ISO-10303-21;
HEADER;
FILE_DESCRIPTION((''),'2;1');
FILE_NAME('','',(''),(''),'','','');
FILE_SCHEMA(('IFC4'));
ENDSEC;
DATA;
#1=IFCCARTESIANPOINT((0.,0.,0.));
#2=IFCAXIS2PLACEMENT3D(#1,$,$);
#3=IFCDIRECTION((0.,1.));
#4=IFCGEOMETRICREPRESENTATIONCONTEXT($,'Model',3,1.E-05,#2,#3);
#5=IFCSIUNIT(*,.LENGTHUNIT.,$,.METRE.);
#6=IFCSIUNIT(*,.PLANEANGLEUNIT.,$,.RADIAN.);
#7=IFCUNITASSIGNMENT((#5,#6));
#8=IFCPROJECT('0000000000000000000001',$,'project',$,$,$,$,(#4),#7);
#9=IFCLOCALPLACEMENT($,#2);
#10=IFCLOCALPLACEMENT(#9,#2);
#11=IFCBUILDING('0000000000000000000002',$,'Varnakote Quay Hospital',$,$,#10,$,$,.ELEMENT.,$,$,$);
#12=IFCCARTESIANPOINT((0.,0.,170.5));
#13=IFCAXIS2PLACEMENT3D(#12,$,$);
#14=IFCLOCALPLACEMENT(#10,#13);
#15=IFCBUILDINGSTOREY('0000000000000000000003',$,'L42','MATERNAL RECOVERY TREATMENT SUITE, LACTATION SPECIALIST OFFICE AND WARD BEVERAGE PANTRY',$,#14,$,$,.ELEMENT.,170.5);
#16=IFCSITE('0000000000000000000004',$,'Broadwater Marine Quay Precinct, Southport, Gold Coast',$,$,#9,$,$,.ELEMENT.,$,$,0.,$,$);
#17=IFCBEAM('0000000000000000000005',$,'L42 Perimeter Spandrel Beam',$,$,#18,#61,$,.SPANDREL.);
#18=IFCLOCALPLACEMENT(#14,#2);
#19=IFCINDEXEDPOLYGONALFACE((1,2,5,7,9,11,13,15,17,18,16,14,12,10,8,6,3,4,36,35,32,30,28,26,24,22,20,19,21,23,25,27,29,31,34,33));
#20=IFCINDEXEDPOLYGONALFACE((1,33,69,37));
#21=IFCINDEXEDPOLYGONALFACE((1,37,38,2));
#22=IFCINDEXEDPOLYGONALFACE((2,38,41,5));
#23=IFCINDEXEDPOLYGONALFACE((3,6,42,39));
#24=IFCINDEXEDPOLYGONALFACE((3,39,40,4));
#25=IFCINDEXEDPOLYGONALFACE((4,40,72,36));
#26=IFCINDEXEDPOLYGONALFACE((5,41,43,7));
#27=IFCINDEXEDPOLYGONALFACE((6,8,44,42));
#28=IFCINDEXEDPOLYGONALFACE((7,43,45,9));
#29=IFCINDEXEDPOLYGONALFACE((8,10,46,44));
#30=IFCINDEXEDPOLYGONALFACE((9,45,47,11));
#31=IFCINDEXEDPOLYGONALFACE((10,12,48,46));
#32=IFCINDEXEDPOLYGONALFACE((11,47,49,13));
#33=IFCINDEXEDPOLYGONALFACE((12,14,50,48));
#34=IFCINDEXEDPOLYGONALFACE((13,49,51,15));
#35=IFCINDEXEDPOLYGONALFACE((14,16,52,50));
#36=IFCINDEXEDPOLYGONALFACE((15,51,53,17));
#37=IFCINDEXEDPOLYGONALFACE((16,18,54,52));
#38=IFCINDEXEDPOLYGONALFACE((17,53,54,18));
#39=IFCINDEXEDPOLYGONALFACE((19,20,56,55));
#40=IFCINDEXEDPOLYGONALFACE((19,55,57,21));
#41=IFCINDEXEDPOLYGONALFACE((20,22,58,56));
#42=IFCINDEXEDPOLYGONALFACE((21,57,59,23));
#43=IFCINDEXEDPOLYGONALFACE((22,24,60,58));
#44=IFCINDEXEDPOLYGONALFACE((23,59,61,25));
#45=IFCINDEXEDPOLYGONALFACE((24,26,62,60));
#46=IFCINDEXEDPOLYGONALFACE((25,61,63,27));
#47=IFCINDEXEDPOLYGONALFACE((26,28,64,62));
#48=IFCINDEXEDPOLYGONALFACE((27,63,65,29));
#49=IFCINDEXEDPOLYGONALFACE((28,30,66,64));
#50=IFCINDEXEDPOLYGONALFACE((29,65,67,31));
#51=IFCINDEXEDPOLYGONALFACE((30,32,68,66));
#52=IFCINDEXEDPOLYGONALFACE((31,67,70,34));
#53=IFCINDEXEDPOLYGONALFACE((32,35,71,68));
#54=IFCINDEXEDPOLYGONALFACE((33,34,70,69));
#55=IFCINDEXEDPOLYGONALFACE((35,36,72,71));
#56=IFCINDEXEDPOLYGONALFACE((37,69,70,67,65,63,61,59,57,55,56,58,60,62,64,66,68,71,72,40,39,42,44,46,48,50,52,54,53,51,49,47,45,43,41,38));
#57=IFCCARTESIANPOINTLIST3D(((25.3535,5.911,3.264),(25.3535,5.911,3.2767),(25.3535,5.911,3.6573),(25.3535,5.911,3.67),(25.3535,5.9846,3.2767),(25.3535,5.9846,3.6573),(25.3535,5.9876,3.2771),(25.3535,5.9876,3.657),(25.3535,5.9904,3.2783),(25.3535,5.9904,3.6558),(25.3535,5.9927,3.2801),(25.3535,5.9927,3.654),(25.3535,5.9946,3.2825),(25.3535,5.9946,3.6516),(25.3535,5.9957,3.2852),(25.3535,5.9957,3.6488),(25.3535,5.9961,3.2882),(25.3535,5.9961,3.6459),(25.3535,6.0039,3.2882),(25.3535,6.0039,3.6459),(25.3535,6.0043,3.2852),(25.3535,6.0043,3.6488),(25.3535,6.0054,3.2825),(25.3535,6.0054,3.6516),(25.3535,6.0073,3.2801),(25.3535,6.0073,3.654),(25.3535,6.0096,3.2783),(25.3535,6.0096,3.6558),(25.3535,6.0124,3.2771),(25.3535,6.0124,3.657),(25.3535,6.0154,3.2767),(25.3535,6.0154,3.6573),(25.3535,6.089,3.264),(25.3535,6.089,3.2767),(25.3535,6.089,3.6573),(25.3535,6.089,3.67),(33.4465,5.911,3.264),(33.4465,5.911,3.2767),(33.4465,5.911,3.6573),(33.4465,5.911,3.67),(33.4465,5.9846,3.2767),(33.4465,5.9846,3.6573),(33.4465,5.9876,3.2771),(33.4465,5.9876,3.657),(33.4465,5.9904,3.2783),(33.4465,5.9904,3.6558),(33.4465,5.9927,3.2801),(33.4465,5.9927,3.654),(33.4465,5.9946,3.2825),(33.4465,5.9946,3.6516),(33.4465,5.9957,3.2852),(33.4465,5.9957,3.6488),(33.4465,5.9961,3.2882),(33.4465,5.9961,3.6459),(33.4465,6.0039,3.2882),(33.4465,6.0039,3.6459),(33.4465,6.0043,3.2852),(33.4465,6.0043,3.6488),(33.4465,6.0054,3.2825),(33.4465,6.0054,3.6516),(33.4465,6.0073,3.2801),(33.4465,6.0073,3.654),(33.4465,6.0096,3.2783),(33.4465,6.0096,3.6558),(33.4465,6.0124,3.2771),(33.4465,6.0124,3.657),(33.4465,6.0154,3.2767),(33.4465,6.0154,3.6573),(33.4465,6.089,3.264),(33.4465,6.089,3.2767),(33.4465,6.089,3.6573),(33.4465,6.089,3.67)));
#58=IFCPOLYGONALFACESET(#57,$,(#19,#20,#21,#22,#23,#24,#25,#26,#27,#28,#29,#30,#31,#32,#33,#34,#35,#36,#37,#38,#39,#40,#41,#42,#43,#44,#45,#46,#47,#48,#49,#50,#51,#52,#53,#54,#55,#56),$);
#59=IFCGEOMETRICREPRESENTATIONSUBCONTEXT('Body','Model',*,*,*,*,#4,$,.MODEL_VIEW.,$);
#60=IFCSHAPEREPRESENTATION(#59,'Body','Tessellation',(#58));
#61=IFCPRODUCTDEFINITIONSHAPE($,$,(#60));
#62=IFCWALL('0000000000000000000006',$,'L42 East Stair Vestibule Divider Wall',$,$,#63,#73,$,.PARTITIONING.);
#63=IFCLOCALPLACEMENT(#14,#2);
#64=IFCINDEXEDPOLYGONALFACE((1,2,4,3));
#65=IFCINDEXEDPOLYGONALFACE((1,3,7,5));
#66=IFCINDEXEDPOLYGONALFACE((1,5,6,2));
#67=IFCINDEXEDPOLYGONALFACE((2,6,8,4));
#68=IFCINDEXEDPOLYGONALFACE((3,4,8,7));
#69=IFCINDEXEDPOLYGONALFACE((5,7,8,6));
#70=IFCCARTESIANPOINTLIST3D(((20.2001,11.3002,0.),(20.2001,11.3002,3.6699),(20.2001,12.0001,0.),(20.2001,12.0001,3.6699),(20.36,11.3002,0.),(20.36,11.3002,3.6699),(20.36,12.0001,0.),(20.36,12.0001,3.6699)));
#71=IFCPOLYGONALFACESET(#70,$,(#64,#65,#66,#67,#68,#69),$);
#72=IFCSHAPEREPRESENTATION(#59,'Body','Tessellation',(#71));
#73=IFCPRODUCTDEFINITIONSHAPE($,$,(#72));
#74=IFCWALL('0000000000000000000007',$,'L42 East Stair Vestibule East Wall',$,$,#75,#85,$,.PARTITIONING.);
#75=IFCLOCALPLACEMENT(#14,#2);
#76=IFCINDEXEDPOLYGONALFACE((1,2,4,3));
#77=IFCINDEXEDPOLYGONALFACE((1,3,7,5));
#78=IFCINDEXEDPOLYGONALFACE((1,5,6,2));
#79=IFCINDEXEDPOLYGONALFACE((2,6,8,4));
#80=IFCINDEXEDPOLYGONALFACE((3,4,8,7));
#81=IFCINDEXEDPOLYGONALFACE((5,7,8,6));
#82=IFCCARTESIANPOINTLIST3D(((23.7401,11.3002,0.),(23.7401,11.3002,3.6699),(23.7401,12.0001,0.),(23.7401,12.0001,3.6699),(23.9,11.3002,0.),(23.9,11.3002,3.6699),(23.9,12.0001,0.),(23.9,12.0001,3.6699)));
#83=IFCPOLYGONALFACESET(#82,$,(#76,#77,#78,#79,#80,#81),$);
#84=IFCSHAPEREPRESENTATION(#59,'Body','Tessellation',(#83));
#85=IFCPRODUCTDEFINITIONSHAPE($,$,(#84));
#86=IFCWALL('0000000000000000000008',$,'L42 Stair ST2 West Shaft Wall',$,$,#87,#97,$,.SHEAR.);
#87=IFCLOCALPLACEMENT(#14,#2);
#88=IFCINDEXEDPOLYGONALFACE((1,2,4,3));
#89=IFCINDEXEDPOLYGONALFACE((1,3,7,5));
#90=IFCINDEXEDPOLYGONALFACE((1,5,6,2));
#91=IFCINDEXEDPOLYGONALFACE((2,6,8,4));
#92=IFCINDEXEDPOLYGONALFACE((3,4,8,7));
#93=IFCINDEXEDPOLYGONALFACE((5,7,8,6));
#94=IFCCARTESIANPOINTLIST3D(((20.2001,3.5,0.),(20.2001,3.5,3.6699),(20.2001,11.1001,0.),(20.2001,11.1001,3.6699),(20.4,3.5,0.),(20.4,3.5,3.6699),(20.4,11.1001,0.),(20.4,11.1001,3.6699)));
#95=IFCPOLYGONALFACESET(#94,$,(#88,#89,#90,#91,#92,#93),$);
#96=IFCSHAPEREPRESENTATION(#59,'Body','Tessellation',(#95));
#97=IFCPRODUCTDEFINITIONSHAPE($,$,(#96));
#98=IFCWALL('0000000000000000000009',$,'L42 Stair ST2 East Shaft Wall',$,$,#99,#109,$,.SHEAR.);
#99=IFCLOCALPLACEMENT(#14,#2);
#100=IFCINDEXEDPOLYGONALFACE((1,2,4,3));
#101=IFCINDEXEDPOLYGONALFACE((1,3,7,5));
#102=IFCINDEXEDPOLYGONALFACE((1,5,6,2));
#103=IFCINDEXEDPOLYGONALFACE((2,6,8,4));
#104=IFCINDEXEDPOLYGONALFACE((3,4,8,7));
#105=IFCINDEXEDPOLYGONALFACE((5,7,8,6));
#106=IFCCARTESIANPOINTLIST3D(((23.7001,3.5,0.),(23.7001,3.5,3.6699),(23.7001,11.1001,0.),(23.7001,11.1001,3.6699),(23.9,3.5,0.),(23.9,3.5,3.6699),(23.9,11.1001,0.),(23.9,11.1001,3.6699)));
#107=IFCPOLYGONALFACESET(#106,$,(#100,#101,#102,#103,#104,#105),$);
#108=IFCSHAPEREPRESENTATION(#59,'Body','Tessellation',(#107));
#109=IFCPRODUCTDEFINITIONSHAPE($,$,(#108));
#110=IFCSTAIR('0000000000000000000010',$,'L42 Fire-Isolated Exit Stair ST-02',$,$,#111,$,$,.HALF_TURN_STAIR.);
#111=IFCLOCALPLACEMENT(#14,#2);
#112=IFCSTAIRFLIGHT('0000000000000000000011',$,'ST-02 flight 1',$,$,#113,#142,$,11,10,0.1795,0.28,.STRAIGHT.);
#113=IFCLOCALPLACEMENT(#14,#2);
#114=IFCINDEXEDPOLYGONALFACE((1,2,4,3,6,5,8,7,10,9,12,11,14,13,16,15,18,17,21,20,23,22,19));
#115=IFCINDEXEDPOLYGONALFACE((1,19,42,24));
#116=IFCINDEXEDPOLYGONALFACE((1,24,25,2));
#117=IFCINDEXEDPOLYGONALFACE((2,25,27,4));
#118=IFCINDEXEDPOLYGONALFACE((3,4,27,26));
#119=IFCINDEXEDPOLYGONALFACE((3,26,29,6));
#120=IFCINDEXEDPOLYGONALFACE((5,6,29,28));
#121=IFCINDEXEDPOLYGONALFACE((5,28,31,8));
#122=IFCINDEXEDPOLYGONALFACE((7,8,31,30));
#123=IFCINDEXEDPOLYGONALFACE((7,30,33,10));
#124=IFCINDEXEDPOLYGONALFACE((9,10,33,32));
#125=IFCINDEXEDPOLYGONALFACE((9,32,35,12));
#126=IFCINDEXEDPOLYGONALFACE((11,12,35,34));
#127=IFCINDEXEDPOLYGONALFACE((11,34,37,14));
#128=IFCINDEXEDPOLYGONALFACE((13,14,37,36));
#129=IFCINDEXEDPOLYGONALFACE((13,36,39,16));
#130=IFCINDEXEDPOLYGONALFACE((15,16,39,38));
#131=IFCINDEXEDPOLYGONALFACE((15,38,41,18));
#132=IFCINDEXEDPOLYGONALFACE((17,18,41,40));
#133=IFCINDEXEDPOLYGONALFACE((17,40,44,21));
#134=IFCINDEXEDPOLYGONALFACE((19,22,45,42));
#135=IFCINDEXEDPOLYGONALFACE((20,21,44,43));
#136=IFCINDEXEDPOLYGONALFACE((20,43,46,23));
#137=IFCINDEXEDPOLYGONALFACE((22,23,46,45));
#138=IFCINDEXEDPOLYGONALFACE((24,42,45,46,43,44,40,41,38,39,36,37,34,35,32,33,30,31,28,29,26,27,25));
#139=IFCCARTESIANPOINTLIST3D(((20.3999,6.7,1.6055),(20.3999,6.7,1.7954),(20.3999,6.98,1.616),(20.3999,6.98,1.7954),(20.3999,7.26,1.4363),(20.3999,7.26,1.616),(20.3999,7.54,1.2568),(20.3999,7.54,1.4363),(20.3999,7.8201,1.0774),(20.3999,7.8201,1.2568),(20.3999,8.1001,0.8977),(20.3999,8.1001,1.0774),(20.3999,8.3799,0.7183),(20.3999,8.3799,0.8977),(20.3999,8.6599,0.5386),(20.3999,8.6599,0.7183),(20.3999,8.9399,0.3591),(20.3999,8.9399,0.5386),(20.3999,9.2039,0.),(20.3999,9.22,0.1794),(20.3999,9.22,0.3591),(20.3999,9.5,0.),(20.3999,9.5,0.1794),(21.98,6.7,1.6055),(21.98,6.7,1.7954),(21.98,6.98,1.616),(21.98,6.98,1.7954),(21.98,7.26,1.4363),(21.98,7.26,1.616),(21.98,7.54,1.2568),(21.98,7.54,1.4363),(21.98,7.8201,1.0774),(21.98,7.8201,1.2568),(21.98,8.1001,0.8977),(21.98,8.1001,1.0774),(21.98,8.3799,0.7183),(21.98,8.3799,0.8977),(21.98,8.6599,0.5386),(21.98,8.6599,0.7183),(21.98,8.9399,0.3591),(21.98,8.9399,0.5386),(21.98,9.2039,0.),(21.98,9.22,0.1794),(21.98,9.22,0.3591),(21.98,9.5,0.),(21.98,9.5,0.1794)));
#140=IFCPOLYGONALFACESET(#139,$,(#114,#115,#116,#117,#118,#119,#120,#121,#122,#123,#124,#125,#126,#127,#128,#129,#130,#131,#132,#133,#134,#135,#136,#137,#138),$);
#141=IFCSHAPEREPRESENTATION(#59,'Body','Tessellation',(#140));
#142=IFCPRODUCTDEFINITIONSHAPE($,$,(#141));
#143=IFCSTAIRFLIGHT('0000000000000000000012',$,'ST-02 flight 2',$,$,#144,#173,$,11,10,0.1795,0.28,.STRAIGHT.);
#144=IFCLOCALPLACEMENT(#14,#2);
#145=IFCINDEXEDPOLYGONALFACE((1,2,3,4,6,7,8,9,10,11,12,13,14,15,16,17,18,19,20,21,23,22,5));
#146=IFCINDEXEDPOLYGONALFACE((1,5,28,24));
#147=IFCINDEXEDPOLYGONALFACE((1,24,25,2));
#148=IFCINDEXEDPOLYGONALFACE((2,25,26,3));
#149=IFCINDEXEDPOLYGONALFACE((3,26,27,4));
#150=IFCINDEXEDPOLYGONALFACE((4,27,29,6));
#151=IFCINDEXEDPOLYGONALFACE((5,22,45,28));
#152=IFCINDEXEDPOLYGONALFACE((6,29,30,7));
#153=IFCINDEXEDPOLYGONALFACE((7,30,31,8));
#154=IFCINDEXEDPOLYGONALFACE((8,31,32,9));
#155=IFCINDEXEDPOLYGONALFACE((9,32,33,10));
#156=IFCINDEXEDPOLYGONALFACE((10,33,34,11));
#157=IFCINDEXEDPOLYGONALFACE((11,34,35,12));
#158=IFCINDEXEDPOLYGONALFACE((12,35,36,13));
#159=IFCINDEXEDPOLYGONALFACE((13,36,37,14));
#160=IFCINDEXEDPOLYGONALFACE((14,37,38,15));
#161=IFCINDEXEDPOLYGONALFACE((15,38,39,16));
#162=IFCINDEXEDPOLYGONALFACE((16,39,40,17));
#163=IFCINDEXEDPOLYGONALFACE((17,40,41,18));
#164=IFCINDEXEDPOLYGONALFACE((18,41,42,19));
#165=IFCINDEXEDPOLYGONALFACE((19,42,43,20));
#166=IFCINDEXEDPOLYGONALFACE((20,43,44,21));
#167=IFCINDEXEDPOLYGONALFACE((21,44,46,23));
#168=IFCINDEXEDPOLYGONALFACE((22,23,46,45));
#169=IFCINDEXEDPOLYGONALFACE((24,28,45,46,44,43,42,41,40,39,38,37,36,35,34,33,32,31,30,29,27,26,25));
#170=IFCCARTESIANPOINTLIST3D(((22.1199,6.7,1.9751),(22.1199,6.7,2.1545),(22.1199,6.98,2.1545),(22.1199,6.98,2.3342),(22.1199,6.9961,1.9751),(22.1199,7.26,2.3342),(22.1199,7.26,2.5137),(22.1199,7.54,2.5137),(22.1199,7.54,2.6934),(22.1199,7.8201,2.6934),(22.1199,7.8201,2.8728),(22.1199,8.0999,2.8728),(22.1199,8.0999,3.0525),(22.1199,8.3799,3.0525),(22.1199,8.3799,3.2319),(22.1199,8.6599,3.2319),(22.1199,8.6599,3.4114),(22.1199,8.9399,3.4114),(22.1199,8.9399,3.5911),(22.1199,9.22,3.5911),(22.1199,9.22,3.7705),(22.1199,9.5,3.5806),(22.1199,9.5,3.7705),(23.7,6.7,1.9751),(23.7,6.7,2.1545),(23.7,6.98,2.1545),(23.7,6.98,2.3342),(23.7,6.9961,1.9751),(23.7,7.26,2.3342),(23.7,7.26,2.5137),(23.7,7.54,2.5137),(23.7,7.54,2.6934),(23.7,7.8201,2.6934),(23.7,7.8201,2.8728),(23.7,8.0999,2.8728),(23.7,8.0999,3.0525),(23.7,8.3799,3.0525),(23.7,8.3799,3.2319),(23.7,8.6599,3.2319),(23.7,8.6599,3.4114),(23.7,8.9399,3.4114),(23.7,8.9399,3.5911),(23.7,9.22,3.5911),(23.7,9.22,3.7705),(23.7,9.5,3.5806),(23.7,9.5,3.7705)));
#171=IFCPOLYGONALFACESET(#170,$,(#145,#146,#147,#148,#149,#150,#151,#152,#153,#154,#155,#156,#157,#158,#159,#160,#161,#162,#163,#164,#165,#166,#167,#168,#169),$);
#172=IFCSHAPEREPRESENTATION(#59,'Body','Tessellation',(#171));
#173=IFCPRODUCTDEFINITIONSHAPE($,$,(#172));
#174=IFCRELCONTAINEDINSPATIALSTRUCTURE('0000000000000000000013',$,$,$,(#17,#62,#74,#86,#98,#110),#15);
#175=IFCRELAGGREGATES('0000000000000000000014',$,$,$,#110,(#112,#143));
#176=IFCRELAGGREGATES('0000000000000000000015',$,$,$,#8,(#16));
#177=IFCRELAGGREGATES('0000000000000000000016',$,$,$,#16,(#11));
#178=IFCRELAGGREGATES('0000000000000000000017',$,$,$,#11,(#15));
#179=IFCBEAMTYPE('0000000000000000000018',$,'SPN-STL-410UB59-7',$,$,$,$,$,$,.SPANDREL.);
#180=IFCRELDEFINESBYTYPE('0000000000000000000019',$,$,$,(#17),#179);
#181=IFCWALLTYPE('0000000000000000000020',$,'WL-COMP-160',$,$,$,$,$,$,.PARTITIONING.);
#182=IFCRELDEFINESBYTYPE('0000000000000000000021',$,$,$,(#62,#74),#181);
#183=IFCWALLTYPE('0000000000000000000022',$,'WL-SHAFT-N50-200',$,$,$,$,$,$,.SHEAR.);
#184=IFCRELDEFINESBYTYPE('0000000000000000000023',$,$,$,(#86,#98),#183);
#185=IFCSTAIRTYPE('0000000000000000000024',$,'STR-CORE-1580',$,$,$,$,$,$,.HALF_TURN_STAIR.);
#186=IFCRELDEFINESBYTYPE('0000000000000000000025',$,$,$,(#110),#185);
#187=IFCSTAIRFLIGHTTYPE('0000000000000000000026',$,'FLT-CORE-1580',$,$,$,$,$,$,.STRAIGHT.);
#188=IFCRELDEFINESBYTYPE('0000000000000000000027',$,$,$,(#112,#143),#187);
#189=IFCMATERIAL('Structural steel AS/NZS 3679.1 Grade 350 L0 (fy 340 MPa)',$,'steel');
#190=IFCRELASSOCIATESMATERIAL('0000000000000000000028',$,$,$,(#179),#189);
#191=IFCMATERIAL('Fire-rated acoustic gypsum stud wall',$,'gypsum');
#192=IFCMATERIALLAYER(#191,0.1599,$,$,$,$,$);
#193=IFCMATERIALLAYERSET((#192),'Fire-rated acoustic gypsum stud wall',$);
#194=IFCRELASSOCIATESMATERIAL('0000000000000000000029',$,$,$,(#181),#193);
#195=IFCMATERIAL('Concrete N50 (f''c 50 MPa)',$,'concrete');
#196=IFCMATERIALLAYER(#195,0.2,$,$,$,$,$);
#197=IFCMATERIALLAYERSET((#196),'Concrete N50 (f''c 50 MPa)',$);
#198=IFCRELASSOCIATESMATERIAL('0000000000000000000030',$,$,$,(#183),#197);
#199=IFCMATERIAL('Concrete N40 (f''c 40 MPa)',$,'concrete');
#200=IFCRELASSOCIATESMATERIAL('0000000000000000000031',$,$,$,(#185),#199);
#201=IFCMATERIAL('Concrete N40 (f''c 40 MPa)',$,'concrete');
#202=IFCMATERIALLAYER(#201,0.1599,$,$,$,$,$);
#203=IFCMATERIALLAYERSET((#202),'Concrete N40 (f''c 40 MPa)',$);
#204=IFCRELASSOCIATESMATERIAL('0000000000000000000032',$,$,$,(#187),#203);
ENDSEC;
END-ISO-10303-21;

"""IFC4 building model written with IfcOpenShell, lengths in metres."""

from ifc_helpers import new_model, si_unit, direction, frame, frame_2d, origin, origin_2d, place, context, subcontext, project, spatial, polyline, rectangle, i_section, outline, extrude, material, layer, layer_set, material_profile, profile_set, type_object, element, aggregate, save


model = new_model("IFC4")

# Units and contexts
model_context = context("Model", 3, precision=1e-05, world=origin(), true_north=direction((0.0, 1.0)))
body_context = subcontext(model_context, "Body", "Model", "MODEL_VIEW")
ifc_project = project(units=[si_unit("LENGTHUNIT", "METRE"), si_unit("PLANEANGLEUNIT", "RADIAN")], contexts=[model_context])

# Site, building, storey
site_placement = place(None, origin())
site = spatial("IfcSite", under=ifc_project, at=site_placement, Name="Broadwater Marine Quay Precinct, Southport, Gold Coast", CompositionType="ELEMENT", RefElevation=0.0)
building_placement = place(site_placement, origin())
building = spatial("IfcBuilding", under=site, at=building_placement, Name="Varnakote Quay Hospital", CompositionType="ELEMENT")
storey_placement = place(building_placement, frame((0.0, 0.0, 170.5)))
storey = spatial("IfcBuildingStorey", under=building, at=storey_placement, Name="L42", Description="MATERNAL RECOVERY TREATMENT SUITE, LACTATION SPECIALIST OFFICE AND WARD BEVERAGE PANTRY", CompositionType="ELEMENT", Elevation=170.5)

# Beam
ifc_material_1 = material(Name="Structural steel AS/NZS 3679.1 Grade 350 L0 (fy 340 MPa)", Category="steel")
ifc_material_profile_1 = material_profile(ifc_material_1, i_section(OverallWidth=0.178, OverallDepth=0.406, WebThickness=0.0078, FlangeThickness=0.0127, FilletRadius=0.0115, at=origin_2d()), Name="410UB59.7")
ifc_profile_set_1 = profile_set([ifc_material_profile_1], Name="Structural steel AS/NZS 3679.1 Grade 350 L0 (fy 340 MPa)")
beam_type_1 = type_object("IfcBeamType", Name="SPN-STL-410UB59-7", PredefinedType="SPANDREL", material=ifc_profile_set_1)
beam_1_placement = place(storey_placement, frame((25.3535, 6.0, 3.467), z_axis=(1.0, 0.0, 0.0), x_axis=(0.0, 1.0, 0.0)))
element("IfcBeam", 1, at=beam_1_placement, inside=storey, type_object=beam_type_1, Name="L42 Perimeter Spandrel Beam", PredefinedType="SPANDREL", context=body_context, shape_type="SweptSolid", body=[
    extrude(i_section(OverallWidth=0.178, OverallDepth=0.406, WebThickness=0.0078, FlangeThickness=0.0127, FilletRadius=0.0115, at=origin_2d()), origin(), (0.0, 0.0, 1.0), 8.093),
])

# Walls
ifc_material_2 = material(Name="Fire-rated acoustic gypsum stud wall", Category="gypsum")
ifc_layer_1 = layer(ifc_material_2, 0.1599)
ifc_layer_set_1 = layer_set([ifc_layer_1], Name="Fire-rated acoustic gypsum stud wall")
wall_type_1 = type_object("IfcWallType", Name="WL-COMP-160", PredefinedType="PARTITIONING", material=ifc_layer_set_1)
for number, where, z_axis, x_axis, name in (
    (2, (20.28, 11.3, 0.0), (0.0, 0.0, 1.0), (0.0, 1.0, 0.0), "L42 East Stair Vestibule Divider Wall"),
    (3, (23.8201, 11.3, 0.0), (0.0, 0.0, 1.0), (0.0, 1.0, 0.0), "L42 East Stair Vestibule East Wall"),
):
    element("IfcWall", number, at=place(storey_placement, frame(where, z_axis=z_axis, x_axis=x_axis)), inside=storey, type_object=wall_type_1, Name=name, PredefinedType="PARTITIONING", context=body_context, shape_type="SweptSolid", body=[
        extrude(rectangle(XDim=0.7, YDim=0.1599, at=frame_2d((0.3501, 0.0))), origin(), (0.0, 0.0, 1.0), 3.6699),
    ])
ifc_material_3 = material(Name="Concrete N50 (f'c 50 MPa)", Category="concrete")
ifc_layer_2 = layer(ifc_material_3, 0.2)
ifc_layer_set_2 = layer_set([ifc_layer_2], Name="Concrete N50 (f'c 50 MPa)")
wall_type_2 = type_object("IfcWallType", Name="WL-SHAFT-N50-200", PredefinedType="SHEAR", material=ifc_layer_set_2)
for number, where, z_axis, x_axis, name in (
    (4, (20.3, 3.5, 0.0), (0.0, 0.0, 1.0), (0.0, 1.0, 0.0), "L42 Stair ST2 West Shaft Wall"),
    (5, (23.8, 3.5, 0.0), (0.0, 0.0, 1.0), (0.0, 1.0, 0.0), "L42 Stair ST2 East Shaft Wall"),
):
    element("IfcWall", number, at=place(storey_placement, frame(where, z_axis=z_axis, x_axis=x_axis)), inside=storey, type_object=wall_type_2, Name=name, PredefinedType="SHEAR", context=body_context, shape_type="SweptSolid", body=[
        extrude(rectangle(XDim=7.6001, YDim=0.2, at=frame_2d((3.8, 0.0))), origin(), (0.0, 0.0, 1.0), 3.6699),
    ])

# Stair, stair flights
ifc_material_4 = material(Name="Concrete N40 (f'c 40 MPa)", Category="concrete")
stair_type = type_object("IfcStairType", Name="STR-CORE-1580", PredefinedType="HALF_TURN_STAIR", material=ifc_material_4)
stair_placement = place(storey_placement, origin())
stair = element("IfcStair", 6, at=stair_placement, inside=storey, type_object=stair_type, Name="L42 Fire-Isolated Exit Stair ST-02", PredefinedType="HALF_TURN_STAIR")
ifc_material_5 = material(Name="Concrete N40 (f'c 40 MPa)", Category="concrete")
ifc_layer_3 = layer(ifc_material_5, 0.1599)
ifc_layer_set_3 = layer_set([ifc_layer_3], Name="Concrete N40 (f'c 40 MPa)")
stair_flight_type = type_object("IfcStairFlightType", Name="FLT-CORE-1580", PredefinedType="STRAIGHT", material=ifc_layer_set_3)
stair_flight_1_placement = place(storey_placement, frame((21.1899, 9.5, 0.0), z_axis=(0.0, 0.0, 1.0), x_axis=(0.0, -1.0, 0.0)))
stair_flight_1 = element("IfcStairFlight", 7, at=stair_flight_1_placement, type_object=stair_flight_type, Name="ST-02 flight 1", NumberOfRisers=11, NumberOfTreads=10, PredefinedType="STRAIGHT", RiserHeight=0.1795, TreadLength=0.28, context=body_context, shape_type="SweptSolid", body=[
    extrude(outline(polyline([(0.0, 0.0), (0.0, 0.1794), (0.28, 0.1794), (0.28, 0.3591), (0.5601, 0.3591), (0.5601, 0.5386), (0.8401, 0.5386), (0.8401, 0.7183), (1.1201, 0.7183), (1.1201, 0.8977), (1.3999, 0.8977), (1.3999, 1.0774), (1.6799, 1.0774), (1.6799, 1.2568), (1.96, 1.2568), (1.96, 1.4363), (2.24, 1.4363), (2.24, 1.616), (2.52, 1.616), (2.52, 1.7954), (2.8, 1.7954), (2.8, 1.9751), (2.8, 1.6055), (0.2961, 0.0), (0.0, 0.0)])), frame((0.0, 0.79, 0.0), z_axis=(0.0, -1.0, 0.0), x_axis=(1.0, 0.0, 0.0)), (0.0, 0.0, 1.0), 1.5801),
])
stair_flight_2_placement = place(storey_placement, frame((22.9099, 6.7, 1.9751), z_axis=(0.0, 0.0, 1.0), x_axis=(0.0, 1.0, 0.0)))
stair_flight_2 = element("IfcStairFlight", 8, at=stair_flight_2_placement, type_object=stair_flight_type, Name="ST-02 flight 2", NumberOfRisers=11, NumberOfTreads=10, PredefinedType="STRAIGHT", RiserHeight=0.1795, TreadLength=0.28, context=body_context, shape_type="SweptSolid", body=[
    extrude(outline(polyline([(0.0, 0.0), (0.0, 0.1794), (0.28, 0.1794), (0.28, 0.3591), (0.5601, 0.3591), (0.5601, 0.5386), (0.8401, 0.5386), (0.8401, 0.7183), (1.1201, 0.7183), (1.1201, 0.8977), (1.3999, 0.8977), (1.3999, 1.0774), (1.6799, 1.0774), (1.6799, 1.2568), (1.96, 1.2568), (1.96, 1.4363), (2.24, 1.4363), (2.24, 1.616), (2.52, 1.616), (2.52, 1.7954), (2.8, 1.7954), (2.8, 1.9751), (2.8, 1.6055), (0.2961, 0.0), (0.0, 0.0)])), frame((0.0, 0.79, 0.0), z_axis=(0.0, -1.0, 0.0), x_axis=(1.0, 0.0, 0.0)), (0.0, 0.0, 1.0), 1.5801),
])
aggregate(stair, [stair_flight_1, stair_flight_2])

save(model, "model.ifc")
